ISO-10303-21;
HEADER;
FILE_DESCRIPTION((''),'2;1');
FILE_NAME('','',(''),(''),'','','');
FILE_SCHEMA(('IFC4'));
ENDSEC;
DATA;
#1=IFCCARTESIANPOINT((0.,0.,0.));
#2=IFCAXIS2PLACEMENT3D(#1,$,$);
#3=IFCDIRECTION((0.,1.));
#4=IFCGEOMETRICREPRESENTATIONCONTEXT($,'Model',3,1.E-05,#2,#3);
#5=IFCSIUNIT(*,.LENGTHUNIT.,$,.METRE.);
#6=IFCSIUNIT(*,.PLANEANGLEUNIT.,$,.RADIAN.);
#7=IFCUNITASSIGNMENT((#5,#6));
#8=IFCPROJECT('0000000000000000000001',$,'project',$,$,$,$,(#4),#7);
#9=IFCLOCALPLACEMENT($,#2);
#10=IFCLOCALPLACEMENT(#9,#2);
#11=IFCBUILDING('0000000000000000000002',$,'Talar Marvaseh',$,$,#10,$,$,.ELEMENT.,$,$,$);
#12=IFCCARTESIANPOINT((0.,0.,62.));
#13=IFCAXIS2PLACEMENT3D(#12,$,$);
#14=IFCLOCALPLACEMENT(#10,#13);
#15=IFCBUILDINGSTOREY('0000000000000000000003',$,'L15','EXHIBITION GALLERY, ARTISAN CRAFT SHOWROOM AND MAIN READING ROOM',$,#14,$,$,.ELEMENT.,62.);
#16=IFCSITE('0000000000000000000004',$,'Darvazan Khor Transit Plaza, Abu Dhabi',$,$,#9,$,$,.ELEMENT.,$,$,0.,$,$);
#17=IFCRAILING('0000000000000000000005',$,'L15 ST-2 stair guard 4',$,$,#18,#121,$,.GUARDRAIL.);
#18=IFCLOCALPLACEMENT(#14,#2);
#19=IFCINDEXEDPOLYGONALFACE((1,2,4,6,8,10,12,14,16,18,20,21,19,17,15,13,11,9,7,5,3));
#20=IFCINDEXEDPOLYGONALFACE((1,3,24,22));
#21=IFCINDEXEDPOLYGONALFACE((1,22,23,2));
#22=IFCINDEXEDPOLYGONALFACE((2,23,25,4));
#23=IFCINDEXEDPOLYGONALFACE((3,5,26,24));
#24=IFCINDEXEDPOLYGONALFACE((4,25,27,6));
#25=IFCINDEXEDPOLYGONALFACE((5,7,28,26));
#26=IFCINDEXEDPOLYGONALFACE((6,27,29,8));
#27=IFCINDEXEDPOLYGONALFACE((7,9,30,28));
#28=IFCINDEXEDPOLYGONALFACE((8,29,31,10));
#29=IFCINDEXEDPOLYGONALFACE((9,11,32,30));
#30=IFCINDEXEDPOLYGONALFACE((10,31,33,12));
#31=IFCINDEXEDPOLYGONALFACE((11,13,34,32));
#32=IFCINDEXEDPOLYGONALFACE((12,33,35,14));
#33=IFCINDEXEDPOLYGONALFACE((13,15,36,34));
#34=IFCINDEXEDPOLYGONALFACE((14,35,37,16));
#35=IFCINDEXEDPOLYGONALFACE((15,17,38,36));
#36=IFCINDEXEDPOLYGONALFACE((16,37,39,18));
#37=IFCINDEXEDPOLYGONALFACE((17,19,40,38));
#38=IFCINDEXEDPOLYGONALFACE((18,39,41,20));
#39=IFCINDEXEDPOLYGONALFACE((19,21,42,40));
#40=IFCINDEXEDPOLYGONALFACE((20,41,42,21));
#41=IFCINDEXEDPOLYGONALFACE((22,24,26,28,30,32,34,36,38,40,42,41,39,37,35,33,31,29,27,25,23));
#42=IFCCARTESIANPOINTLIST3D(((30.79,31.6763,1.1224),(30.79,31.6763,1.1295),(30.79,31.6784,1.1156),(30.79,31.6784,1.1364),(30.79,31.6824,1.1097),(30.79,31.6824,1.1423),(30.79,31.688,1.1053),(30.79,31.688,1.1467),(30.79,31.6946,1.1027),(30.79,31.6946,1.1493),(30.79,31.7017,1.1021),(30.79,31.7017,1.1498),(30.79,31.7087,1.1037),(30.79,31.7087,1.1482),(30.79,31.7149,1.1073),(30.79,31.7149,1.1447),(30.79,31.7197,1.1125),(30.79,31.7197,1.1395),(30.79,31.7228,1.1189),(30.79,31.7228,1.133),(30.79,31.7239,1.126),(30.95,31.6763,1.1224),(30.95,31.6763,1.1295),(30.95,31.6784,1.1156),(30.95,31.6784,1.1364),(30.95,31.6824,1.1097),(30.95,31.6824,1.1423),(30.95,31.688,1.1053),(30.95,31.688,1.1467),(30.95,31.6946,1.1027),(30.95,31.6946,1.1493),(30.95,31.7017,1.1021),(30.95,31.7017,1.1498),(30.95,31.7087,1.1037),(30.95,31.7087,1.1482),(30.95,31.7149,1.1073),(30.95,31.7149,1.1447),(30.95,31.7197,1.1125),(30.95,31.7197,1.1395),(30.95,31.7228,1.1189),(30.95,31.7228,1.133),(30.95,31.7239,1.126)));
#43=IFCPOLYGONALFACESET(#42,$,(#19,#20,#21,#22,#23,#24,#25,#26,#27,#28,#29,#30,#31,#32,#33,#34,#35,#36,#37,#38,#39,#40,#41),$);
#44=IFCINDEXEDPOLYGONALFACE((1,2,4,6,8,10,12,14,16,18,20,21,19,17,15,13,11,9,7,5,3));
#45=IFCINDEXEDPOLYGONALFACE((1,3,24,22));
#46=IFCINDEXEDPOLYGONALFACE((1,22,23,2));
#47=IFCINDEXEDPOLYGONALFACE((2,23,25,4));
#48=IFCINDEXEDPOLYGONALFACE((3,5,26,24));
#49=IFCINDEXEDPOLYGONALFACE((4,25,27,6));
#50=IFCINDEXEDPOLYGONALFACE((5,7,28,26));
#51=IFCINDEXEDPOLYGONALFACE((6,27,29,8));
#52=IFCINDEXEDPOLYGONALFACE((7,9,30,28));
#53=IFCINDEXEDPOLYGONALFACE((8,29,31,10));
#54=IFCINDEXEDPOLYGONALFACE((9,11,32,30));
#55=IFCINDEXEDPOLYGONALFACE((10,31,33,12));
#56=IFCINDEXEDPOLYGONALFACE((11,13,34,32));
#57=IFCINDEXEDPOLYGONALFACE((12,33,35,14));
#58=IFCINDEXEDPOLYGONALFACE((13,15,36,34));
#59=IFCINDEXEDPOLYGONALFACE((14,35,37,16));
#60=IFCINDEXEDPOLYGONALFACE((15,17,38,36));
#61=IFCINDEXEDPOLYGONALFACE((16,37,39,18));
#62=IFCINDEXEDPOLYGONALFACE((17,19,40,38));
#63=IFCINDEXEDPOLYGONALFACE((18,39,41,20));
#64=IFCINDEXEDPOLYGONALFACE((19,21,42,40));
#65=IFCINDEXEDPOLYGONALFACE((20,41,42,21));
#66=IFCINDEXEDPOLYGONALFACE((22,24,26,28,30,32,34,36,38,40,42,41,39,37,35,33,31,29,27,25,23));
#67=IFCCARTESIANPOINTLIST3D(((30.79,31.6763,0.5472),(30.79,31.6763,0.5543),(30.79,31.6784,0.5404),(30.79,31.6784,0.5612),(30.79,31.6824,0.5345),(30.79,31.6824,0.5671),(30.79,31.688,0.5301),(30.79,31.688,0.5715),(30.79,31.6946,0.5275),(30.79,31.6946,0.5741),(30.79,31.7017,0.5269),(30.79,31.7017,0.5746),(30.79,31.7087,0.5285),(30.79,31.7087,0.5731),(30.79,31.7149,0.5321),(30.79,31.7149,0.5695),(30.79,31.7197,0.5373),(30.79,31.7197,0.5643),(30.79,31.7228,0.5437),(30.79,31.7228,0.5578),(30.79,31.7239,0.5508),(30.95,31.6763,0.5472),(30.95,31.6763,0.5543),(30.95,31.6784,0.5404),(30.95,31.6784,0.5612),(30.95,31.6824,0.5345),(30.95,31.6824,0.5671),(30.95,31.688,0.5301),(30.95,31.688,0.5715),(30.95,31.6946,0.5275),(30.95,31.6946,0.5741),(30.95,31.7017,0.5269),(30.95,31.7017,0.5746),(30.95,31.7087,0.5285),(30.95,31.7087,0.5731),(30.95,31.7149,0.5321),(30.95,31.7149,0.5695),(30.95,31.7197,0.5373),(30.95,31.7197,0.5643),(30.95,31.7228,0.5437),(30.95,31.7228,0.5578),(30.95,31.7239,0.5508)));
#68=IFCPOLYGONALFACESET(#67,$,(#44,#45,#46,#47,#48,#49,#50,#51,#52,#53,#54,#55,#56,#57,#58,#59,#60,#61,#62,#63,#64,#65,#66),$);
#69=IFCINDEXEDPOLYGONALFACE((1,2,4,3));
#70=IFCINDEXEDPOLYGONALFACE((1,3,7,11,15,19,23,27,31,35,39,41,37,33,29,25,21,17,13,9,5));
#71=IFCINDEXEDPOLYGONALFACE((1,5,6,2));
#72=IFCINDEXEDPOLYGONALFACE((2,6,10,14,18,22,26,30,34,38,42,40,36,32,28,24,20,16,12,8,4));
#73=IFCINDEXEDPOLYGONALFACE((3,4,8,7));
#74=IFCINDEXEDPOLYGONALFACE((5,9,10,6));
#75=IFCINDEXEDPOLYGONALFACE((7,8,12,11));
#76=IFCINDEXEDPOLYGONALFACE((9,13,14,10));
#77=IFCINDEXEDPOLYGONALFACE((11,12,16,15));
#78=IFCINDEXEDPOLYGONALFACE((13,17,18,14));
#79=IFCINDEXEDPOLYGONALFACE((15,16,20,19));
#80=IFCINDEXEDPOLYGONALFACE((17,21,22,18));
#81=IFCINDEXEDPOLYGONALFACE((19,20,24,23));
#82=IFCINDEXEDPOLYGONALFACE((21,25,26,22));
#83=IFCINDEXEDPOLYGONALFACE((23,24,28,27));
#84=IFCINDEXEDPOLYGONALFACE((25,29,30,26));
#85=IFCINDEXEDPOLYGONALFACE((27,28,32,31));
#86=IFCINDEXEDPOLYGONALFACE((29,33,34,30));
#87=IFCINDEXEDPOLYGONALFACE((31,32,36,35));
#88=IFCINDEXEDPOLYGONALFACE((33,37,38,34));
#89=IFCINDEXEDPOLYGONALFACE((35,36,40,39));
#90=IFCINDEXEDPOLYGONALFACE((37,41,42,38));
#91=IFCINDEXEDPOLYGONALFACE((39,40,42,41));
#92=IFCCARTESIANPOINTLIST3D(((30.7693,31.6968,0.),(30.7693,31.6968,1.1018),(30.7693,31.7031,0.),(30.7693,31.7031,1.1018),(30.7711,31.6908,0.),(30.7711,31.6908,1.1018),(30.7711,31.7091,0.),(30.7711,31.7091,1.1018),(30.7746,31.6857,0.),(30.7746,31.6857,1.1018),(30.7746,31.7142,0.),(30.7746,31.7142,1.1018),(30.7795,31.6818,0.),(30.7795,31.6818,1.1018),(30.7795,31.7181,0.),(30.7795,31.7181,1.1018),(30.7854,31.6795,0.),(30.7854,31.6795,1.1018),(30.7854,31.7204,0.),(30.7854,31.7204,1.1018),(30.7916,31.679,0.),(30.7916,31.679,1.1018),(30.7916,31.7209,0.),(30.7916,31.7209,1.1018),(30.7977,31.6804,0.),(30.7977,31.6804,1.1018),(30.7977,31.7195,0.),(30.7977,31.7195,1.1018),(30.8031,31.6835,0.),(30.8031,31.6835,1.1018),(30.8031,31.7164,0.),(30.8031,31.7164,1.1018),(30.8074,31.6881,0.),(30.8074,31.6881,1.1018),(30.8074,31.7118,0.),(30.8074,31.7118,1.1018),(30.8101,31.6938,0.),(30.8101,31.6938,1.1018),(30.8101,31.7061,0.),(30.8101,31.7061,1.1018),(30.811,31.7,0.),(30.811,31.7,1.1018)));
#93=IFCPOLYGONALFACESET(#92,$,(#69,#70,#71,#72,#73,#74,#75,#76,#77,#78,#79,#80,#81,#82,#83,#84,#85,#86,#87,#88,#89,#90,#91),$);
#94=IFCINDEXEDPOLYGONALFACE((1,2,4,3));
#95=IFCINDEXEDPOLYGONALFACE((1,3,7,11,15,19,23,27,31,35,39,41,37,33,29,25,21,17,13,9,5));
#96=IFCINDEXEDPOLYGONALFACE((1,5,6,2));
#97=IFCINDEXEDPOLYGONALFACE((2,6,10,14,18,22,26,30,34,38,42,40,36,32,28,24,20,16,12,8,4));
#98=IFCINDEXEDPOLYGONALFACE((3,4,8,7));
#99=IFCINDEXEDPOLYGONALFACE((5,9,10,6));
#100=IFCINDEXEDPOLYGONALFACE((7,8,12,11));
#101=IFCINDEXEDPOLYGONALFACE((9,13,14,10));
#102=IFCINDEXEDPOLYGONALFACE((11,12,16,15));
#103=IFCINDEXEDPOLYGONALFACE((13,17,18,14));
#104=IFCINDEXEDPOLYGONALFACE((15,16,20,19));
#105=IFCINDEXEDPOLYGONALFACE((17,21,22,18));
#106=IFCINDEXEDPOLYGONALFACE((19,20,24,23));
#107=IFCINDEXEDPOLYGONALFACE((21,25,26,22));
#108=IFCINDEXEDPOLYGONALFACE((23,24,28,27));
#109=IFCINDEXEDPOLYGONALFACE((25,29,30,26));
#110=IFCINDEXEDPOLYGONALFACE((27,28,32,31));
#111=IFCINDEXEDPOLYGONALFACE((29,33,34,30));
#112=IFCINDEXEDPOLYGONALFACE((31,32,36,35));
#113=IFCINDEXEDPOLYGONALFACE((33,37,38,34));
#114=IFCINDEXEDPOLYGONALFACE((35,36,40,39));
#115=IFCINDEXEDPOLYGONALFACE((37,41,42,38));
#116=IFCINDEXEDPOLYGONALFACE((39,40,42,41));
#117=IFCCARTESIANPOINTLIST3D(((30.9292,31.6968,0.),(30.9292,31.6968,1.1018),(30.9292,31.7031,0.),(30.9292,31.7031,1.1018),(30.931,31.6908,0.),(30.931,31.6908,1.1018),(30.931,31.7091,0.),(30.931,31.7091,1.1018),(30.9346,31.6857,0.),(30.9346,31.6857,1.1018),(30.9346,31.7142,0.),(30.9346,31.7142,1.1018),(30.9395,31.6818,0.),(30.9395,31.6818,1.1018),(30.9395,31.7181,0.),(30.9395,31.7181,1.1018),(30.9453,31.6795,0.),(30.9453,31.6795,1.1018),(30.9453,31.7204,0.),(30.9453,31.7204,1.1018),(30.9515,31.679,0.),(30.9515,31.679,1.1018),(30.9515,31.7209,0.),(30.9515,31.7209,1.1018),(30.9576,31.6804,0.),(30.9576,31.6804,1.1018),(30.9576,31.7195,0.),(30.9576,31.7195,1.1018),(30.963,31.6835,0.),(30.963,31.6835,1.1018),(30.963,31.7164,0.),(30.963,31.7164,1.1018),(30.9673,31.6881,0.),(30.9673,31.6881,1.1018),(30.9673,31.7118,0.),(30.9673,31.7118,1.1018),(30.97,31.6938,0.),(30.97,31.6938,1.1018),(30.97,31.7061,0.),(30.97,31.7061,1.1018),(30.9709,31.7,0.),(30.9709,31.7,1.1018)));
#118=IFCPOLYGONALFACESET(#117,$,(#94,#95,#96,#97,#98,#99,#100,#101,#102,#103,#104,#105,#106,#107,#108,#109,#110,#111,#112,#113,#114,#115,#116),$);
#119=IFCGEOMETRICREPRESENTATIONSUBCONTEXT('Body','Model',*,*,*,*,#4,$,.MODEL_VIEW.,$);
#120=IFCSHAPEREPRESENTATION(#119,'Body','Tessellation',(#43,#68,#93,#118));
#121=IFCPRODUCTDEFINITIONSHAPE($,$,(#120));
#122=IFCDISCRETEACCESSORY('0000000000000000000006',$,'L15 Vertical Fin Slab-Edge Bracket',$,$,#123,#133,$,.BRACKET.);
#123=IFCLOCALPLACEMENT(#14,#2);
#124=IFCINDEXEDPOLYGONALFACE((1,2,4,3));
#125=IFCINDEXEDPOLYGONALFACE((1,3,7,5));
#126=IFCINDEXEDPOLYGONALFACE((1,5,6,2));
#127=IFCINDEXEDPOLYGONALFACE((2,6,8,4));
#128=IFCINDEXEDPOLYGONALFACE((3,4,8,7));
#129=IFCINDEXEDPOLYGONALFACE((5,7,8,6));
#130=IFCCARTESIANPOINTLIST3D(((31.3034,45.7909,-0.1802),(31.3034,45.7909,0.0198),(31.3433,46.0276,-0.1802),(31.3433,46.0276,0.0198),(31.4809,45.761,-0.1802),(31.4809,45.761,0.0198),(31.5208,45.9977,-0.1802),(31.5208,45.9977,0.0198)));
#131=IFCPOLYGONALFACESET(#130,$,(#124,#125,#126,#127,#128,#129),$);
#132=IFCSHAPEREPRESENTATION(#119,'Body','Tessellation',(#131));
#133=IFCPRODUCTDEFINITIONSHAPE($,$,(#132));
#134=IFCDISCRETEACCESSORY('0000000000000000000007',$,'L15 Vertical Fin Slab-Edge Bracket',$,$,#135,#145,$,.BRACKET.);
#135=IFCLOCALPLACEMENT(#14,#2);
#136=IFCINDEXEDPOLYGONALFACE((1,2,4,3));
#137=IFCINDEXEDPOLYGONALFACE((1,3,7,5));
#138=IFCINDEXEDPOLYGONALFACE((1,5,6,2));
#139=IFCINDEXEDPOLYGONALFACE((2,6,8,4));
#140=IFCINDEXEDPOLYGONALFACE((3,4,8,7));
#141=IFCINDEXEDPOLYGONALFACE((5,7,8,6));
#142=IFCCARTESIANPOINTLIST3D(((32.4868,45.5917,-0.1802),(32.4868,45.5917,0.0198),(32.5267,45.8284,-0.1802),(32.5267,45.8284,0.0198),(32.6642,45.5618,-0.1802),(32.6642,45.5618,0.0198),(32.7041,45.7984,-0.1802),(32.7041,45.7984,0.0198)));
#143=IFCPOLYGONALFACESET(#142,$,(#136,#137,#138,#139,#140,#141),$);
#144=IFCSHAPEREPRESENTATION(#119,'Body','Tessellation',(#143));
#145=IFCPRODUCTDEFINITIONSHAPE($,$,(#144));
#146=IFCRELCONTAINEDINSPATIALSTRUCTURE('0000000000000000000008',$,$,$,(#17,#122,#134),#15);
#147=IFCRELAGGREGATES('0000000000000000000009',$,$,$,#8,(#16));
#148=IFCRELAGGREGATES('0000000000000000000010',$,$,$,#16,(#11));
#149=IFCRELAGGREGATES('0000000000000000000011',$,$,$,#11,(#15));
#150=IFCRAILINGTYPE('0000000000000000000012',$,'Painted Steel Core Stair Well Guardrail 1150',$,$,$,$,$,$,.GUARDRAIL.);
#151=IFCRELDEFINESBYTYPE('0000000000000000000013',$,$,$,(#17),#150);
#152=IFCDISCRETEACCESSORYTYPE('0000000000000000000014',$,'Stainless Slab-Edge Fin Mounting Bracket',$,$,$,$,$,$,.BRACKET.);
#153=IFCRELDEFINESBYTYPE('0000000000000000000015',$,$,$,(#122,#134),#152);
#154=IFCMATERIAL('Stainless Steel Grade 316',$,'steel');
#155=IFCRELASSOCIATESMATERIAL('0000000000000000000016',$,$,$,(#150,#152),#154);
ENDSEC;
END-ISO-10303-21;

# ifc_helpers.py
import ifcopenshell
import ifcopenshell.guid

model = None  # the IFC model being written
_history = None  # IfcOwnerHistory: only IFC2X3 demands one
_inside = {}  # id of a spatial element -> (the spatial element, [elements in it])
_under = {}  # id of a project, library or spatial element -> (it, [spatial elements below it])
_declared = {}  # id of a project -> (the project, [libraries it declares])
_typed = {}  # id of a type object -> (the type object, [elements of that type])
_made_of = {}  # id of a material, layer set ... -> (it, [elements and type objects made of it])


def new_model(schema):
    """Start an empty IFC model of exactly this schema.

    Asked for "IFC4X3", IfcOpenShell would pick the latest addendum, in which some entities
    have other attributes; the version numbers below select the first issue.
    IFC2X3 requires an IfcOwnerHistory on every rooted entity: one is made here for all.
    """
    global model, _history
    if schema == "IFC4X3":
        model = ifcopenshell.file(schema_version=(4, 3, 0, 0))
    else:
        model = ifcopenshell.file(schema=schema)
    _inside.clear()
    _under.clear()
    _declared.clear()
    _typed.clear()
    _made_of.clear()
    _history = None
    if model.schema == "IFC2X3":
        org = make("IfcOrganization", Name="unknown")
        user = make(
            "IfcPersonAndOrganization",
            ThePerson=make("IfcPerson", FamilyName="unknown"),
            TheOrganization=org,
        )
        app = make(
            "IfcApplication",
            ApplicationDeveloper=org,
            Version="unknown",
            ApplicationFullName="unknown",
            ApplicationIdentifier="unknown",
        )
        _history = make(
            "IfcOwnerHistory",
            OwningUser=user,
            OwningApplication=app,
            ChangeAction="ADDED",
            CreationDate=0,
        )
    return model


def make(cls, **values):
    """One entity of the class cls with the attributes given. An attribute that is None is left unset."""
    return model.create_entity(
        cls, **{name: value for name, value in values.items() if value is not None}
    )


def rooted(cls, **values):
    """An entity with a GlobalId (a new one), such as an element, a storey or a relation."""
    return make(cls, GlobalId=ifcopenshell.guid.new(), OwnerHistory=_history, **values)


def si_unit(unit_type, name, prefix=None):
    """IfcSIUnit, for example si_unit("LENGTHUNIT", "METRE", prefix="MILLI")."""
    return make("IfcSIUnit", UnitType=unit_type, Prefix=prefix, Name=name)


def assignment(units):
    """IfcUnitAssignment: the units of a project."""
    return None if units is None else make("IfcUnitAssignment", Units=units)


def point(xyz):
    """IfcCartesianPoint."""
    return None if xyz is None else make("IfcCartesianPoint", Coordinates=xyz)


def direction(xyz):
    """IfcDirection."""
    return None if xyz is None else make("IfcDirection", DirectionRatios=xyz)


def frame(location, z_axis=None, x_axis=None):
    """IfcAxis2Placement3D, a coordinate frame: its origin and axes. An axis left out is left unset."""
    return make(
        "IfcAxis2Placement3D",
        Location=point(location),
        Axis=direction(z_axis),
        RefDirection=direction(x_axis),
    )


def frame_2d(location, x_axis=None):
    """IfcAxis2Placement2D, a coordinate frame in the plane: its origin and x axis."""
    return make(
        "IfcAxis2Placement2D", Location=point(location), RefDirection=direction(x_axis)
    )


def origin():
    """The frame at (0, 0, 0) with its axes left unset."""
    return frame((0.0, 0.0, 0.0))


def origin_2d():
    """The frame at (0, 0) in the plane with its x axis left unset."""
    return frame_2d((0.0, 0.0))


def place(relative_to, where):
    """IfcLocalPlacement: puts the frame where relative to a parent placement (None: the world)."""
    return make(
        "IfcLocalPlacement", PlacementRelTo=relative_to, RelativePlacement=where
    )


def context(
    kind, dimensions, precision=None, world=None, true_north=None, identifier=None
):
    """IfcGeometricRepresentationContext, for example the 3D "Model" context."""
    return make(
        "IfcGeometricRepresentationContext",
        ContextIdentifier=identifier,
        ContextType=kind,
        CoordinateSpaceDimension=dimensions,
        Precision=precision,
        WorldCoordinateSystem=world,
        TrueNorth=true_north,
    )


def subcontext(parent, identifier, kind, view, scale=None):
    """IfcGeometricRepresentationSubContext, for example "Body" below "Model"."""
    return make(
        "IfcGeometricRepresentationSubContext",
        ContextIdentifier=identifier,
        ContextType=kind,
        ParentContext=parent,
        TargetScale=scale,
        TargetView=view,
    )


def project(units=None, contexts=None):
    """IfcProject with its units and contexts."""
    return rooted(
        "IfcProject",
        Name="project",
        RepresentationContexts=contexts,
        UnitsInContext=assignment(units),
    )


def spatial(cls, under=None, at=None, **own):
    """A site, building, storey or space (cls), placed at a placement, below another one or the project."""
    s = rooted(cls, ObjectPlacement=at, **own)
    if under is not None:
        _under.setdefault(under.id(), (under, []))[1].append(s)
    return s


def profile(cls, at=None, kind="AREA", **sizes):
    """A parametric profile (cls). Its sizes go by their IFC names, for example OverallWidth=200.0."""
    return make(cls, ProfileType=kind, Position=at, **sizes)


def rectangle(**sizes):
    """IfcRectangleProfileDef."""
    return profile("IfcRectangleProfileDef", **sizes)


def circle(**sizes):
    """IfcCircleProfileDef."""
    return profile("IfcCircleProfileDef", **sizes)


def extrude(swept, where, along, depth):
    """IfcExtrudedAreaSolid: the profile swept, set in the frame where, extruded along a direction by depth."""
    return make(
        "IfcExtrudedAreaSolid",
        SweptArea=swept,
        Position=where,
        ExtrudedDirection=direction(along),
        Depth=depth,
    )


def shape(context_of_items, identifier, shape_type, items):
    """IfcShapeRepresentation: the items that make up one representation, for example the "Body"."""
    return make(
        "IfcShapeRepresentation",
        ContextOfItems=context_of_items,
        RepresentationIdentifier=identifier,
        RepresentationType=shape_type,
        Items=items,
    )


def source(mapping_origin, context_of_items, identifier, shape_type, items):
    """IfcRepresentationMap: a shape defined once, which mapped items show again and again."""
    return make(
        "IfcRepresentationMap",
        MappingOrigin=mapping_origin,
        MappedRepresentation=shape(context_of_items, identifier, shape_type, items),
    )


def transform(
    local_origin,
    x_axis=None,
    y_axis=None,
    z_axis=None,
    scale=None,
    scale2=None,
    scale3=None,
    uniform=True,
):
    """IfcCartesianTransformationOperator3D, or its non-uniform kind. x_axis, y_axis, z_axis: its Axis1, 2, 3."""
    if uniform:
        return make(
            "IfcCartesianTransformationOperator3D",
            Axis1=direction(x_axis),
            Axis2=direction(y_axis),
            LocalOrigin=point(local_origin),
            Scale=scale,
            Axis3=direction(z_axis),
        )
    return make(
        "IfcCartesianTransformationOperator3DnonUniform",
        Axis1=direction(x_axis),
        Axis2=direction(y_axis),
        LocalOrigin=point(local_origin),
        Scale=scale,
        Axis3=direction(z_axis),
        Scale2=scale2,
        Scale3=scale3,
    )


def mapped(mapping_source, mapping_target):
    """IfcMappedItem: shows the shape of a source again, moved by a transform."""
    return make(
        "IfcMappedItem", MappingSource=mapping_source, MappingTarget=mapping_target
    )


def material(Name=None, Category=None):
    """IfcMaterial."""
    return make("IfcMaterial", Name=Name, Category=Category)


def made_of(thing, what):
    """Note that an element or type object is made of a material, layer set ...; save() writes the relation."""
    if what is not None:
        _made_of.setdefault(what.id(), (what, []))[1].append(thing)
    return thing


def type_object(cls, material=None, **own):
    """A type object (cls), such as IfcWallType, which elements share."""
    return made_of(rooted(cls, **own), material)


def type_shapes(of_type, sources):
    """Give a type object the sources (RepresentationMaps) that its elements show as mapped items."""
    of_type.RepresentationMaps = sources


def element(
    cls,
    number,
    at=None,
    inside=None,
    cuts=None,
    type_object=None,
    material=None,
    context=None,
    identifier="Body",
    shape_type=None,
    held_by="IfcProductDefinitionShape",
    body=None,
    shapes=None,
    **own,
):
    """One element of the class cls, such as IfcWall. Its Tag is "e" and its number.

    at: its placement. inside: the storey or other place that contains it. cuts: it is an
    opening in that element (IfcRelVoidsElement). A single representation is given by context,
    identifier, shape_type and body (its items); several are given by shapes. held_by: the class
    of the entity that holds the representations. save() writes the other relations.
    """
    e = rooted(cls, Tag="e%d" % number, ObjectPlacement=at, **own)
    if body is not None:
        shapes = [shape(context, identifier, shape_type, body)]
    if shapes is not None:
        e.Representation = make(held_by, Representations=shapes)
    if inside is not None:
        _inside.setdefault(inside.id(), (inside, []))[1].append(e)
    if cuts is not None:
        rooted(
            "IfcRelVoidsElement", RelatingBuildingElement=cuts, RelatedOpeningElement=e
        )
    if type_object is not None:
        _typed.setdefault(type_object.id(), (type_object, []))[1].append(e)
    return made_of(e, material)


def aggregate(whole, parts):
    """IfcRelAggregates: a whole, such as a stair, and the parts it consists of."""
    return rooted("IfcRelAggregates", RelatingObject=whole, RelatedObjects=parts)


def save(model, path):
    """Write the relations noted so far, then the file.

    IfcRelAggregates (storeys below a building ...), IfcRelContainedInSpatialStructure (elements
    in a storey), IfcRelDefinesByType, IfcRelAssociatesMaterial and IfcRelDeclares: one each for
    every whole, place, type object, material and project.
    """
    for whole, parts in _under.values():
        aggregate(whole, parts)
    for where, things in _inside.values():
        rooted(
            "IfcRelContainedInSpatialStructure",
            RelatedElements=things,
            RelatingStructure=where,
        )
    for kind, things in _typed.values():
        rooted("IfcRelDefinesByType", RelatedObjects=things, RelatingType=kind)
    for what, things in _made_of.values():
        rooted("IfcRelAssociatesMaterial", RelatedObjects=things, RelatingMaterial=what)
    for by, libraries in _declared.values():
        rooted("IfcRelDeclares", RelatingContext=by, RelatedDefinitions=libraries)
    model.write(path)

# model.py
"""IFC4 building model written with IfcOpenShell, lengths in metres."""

from ifc_helpers import new_model, si_unit, direction, frame, origin, origin_2d, place, context, subcontext, project, spatial, rectangle, circle, extrude, source, transform, mapped, material, type_object, type_shapes, element, save


model = new_model("IFC4")

# Units and contexts
model_context = context("Model", 3, precision=1e-05, world=origin(), true_north=direction((0.0, 1.0)))
body_context = subcontext(model_context, "Body", "Model", "MODEL_VIEW")
ifc_project = project(units=[si_unit("LENGTHUNIT", "METRE"), si_unit("PLANEANGLEUNIT", "RADIAN")], contexts=[model_context])

# Site, building, storey
site_placement = place(None, origin())
site = spatial("IfcSite", under=ifc_project, at=site_placement, Name="Darvazan Khor Transit Plaza, Abu Dhabi", CompositionType="ELEMENT", RefElevation=0.0)
building_placement = place(site_placement, origin())
building = spatial("IfcBuilding", under=site, at=building_placement, Name="Talar Marvaseh", CompositionType="ELEMENT")
storey_placement = place(building_placement, frame((0.0, 0.0, 62.0)))
storey = spatial("IfcBuildingStorey", under=building, at=storey_placement, Name="L15", Description="EXHIBITION GALLERY, ARTISAN CRAFT SHOWROOM AND MAIN READING ROOM", CompositionType="ELEMENT", Elevation=62.0)

# Shared definitions
ifc_material_1 = material(Name="Stainless Steel Grade 316", Category="steel")

# Railing
railing_type = type_object("IfcRailingType", Name="Painted Steel Core Stair Well Guardrail 1150", PredefinedType="GUARDRAIL", material=ifc_material_1)
railing_1_placement = place(storey_placement, frame((30.79, 31.7, 0.0)))
element("IfcRailing", 1, at=railing_1_placement, inside=storey, type_object=railing_type, Name="L15 ST-2 stair guard 4", PredefinedType="GUARDRAIL", context=body_context, shape_type="SweptSolid", body=[
    extrude(circle(Radius=0.0239, at=origin_2d()), frame((0.0, 0.0, 1.126), z_axis=(1.0, 0.0, 0.0), x_axis=(0.0, 1.0, 0.0)), (0.0, 0.0, 1.0), 0.1599),
    extrude(circle(Radius=0.0239, at=origin_2d()), frame((0.0, 0.0, 0.5508), z_axis=(1.0, 0.0, 0.0), x_axis=(0.0, 1.0, 0.0)), (0.0, 0.0, 1.0), 0.1599),
    extrude(circle(Radius=0.021, at=origin_2d()), origin(), (0.0, 0.0, 1.0), 1.1018),
    extrude(circle(Radius=0.021, at=origin_2d()), frame((0.1599, 0.0, 0.0)), (0.0, 0.0, 1.0), 1.1018),
])

# Discrete accessories
discrete_accessory_type = type_object("IfcDiscreteAccessoryType", Name="Stainless Slab-Edge Fin Mounting Bracket", PredefinedType="BRACKET", material=ifc_material_1)
shared_shape_1 = source(origin(), body_context, "Body", "SweptSolid", [
    extrude(rectangle(XDim=0.24, YDim=0.1799, at=origin_2d()), origin(), (0.0, 0.0, 1.0), 0.2),
])
type_shapes(discrete_accessory_type, [shared_shape_1])
for number, where, z_axis, x_axis, name in (
    (2, (31.4121, 45.8943, -0.1802), (0.0, 0.0, 1.0), (0.166252, 0.986083, 0.0), "L15 Vertical Fin Slab-Edge Bracket"),
    (3, (32.5955, 45.6951, -0.1802), (0.0, 0.0, 1.0), (0.166252, 0.986083, 0.0), "L15 Vertical Fin Slab-Edge Bracket"),
):
    element("IfcDiscreteAccessory", number, at=place(storey_placement, frame(where, z_axis=z_axis, x_axis=x_axis)), inside=storey, type_object=discrete_accessory_type, Name=name, PredefinedType="BRACKET", context=body_context, shape_type="MappedRepresentation", body=[
        mapped(shared_shape_1, transform((0.0, 0.0, 0.0), x_axis=(1.0, 0.0, 0.0), y_axis=(0.0, 1.0, 0.0), z_axis=(0.0, 0.0, 1.0), scale=1.0)),
    ])

save(model, "model.ifc")
